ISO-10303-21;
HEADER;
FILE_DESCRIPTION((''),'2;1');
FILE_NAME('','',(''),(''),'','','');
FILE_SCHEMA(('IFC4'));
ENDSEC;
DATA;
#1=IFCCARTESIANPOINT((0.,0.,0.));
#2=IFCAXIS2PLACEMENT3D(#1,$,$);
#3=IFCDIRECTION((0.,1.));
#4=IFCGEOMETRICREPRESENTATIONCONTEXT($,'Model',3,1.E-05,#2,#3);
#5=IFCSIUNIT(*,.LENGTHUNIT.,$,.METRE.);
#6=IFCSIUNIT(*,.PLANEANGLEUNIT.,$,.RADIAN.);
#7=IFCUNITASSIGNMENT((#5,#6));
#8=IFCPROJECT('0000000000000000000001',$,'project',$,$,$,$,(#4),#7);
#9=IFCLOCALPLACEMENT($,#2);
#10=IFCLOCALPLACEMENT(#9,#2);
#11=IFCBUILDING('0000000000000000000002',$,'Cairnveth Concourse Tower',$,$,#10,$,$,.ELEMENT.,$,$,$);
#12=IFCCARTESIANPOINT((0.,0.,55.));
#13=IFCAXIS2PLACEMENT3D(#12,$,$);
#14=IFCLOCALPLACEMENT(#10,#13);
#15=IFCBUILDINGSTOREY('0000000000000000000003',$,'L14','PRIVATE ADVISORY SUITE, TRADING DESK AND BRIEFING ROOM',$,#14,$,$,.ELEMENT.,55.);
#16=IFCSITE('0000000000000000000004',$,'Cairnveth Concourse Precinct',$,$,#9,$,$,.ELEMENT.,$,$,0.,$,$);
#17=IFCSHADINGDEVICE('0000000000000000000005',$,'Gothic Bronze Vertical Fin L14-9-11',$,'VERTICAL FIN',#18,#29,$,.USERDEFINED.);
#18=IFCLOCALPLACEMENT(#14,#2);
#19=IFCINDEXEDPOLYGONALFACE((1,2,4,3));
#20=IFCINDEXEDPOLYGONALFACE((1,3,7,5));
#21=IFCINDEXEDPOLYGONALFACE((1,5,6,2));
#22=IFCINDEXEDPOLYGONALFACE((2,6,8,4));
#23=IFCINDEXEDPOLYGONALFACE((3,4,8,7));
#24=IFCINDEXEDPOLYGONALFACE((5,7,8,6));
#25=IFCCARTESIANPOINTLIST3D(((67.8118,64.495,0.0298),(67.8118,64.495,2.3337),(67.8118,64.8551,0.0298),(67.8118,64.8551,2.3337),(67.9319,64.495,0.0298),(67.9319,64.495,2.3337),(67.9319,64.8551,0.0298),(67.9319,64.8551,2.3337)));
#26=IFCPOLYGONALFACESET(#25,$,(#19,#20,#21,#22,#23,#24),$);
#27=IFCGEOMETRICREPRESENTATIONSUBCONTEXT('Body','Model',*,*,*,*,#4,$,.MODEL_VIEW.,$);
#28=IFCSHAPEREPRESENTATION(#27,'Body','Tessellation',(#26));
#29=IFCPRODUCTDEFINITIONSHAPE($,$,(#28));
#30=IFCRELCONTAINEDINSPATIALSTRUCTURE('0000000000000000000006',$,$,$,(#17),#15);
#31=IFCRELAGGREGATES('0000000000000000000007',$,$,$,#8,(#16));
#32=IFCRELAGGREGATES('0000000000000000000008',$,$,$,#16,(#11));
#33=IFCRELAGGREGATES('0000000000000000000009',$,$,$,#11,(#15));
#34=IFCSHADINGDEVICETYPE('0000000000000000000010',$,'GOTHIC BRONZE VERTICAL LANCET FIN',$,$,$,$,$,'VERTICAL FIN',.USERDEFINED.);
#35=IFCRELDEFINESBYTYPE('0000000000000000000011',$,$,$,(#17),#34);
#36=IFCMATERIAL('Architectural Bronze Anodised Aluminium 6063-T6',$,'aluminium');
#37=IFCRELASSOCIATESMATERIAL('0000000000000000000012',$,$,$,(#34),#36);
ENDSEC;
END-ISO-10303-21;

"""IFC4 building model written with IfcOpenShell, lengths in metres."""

from ifc_helpers import new_model, si_unit, direction, frame, origin, origin_2d, place, context, subcontext, project, spatial, rectangle, extrude, material, type_object, element, save


model = new_model("IFC4")

# Units and contexts
model_context = context("Model", 3, precision=1e-05, world=origin(), true_north=direction((0.0, 1.0)))
body_context = subcontext(model_context, "Body", "Model", "MODEL_VIEW")
ifc_project = project(units=[si_unit("LENGTHUNIT", "METRE"), si_unit("PLANEANGLEUNIT", "RADIAN")], contexts=[model_context])

# Site, building, storey
site_placement = place(None, origin())
site = spatial("IfcSite", under=ifc_project, at=site_placement, Name="Cairnveth Concourse Precinct", CompositionType="ELEMENT", RefElevation=0.0)
building_placement = place(site_placement, origin())
building = spatial("IfcBuilding", under=site, at=building_placement, Name="Cairnveth Concourse Tower", CompositionType="ELEMENT")
storey_placement = place(building_placement, frame((0.0, 0.0, 55.0)))
storey = spatial("IfcBuildingStorey", under=building, at=storey_placement, Name="L14", Description="PRIVATE ADVISORY SUITE, TRADING DESK AND BRIEFING ROOM", CompositionType="ELEMENT", Elevation=55.0)

# Shading device
ifc_material_1 = material(Name="Architectural Bronze Anodised Aluminium 6063-T6", Category="aluminium")
shading_device_type = type_object("IfcShadingDeviceType", Name="GOTHIC BRONZE VERTICAL LANCET FIN", ElementType="VERTICAL FIN", PredefinedType="USERDEFINED", material=ifc_material_1)
for number, where, z_axis, x_axis, name in (
    (1, (67.8718, 64.675, 0.0298), (0.0, 0.0, 1.0), (1.0, 0.0, 0.0), "Gothic Bronze Vertical Fin L14-9-11"),
):
    element("IfcShadingDevice", number, at=place(storey_placement, frame(where, z_axis=z_axis, x_axis=x_axis)), inside=storey, type_object=shading_device_type, Name=name, ObjectType="VERTICAL FIN", PredefinedType="USERDEFINED", context=body_context, shape_type="SweptSolid", body=[
        extrude(rectangle(XDim=0.1201, YDim=0.3601, at=origin_2d()), origin(), (0.0, 0.0, 1.0), 2.304),
    ])

save(model, "model.ifc")
